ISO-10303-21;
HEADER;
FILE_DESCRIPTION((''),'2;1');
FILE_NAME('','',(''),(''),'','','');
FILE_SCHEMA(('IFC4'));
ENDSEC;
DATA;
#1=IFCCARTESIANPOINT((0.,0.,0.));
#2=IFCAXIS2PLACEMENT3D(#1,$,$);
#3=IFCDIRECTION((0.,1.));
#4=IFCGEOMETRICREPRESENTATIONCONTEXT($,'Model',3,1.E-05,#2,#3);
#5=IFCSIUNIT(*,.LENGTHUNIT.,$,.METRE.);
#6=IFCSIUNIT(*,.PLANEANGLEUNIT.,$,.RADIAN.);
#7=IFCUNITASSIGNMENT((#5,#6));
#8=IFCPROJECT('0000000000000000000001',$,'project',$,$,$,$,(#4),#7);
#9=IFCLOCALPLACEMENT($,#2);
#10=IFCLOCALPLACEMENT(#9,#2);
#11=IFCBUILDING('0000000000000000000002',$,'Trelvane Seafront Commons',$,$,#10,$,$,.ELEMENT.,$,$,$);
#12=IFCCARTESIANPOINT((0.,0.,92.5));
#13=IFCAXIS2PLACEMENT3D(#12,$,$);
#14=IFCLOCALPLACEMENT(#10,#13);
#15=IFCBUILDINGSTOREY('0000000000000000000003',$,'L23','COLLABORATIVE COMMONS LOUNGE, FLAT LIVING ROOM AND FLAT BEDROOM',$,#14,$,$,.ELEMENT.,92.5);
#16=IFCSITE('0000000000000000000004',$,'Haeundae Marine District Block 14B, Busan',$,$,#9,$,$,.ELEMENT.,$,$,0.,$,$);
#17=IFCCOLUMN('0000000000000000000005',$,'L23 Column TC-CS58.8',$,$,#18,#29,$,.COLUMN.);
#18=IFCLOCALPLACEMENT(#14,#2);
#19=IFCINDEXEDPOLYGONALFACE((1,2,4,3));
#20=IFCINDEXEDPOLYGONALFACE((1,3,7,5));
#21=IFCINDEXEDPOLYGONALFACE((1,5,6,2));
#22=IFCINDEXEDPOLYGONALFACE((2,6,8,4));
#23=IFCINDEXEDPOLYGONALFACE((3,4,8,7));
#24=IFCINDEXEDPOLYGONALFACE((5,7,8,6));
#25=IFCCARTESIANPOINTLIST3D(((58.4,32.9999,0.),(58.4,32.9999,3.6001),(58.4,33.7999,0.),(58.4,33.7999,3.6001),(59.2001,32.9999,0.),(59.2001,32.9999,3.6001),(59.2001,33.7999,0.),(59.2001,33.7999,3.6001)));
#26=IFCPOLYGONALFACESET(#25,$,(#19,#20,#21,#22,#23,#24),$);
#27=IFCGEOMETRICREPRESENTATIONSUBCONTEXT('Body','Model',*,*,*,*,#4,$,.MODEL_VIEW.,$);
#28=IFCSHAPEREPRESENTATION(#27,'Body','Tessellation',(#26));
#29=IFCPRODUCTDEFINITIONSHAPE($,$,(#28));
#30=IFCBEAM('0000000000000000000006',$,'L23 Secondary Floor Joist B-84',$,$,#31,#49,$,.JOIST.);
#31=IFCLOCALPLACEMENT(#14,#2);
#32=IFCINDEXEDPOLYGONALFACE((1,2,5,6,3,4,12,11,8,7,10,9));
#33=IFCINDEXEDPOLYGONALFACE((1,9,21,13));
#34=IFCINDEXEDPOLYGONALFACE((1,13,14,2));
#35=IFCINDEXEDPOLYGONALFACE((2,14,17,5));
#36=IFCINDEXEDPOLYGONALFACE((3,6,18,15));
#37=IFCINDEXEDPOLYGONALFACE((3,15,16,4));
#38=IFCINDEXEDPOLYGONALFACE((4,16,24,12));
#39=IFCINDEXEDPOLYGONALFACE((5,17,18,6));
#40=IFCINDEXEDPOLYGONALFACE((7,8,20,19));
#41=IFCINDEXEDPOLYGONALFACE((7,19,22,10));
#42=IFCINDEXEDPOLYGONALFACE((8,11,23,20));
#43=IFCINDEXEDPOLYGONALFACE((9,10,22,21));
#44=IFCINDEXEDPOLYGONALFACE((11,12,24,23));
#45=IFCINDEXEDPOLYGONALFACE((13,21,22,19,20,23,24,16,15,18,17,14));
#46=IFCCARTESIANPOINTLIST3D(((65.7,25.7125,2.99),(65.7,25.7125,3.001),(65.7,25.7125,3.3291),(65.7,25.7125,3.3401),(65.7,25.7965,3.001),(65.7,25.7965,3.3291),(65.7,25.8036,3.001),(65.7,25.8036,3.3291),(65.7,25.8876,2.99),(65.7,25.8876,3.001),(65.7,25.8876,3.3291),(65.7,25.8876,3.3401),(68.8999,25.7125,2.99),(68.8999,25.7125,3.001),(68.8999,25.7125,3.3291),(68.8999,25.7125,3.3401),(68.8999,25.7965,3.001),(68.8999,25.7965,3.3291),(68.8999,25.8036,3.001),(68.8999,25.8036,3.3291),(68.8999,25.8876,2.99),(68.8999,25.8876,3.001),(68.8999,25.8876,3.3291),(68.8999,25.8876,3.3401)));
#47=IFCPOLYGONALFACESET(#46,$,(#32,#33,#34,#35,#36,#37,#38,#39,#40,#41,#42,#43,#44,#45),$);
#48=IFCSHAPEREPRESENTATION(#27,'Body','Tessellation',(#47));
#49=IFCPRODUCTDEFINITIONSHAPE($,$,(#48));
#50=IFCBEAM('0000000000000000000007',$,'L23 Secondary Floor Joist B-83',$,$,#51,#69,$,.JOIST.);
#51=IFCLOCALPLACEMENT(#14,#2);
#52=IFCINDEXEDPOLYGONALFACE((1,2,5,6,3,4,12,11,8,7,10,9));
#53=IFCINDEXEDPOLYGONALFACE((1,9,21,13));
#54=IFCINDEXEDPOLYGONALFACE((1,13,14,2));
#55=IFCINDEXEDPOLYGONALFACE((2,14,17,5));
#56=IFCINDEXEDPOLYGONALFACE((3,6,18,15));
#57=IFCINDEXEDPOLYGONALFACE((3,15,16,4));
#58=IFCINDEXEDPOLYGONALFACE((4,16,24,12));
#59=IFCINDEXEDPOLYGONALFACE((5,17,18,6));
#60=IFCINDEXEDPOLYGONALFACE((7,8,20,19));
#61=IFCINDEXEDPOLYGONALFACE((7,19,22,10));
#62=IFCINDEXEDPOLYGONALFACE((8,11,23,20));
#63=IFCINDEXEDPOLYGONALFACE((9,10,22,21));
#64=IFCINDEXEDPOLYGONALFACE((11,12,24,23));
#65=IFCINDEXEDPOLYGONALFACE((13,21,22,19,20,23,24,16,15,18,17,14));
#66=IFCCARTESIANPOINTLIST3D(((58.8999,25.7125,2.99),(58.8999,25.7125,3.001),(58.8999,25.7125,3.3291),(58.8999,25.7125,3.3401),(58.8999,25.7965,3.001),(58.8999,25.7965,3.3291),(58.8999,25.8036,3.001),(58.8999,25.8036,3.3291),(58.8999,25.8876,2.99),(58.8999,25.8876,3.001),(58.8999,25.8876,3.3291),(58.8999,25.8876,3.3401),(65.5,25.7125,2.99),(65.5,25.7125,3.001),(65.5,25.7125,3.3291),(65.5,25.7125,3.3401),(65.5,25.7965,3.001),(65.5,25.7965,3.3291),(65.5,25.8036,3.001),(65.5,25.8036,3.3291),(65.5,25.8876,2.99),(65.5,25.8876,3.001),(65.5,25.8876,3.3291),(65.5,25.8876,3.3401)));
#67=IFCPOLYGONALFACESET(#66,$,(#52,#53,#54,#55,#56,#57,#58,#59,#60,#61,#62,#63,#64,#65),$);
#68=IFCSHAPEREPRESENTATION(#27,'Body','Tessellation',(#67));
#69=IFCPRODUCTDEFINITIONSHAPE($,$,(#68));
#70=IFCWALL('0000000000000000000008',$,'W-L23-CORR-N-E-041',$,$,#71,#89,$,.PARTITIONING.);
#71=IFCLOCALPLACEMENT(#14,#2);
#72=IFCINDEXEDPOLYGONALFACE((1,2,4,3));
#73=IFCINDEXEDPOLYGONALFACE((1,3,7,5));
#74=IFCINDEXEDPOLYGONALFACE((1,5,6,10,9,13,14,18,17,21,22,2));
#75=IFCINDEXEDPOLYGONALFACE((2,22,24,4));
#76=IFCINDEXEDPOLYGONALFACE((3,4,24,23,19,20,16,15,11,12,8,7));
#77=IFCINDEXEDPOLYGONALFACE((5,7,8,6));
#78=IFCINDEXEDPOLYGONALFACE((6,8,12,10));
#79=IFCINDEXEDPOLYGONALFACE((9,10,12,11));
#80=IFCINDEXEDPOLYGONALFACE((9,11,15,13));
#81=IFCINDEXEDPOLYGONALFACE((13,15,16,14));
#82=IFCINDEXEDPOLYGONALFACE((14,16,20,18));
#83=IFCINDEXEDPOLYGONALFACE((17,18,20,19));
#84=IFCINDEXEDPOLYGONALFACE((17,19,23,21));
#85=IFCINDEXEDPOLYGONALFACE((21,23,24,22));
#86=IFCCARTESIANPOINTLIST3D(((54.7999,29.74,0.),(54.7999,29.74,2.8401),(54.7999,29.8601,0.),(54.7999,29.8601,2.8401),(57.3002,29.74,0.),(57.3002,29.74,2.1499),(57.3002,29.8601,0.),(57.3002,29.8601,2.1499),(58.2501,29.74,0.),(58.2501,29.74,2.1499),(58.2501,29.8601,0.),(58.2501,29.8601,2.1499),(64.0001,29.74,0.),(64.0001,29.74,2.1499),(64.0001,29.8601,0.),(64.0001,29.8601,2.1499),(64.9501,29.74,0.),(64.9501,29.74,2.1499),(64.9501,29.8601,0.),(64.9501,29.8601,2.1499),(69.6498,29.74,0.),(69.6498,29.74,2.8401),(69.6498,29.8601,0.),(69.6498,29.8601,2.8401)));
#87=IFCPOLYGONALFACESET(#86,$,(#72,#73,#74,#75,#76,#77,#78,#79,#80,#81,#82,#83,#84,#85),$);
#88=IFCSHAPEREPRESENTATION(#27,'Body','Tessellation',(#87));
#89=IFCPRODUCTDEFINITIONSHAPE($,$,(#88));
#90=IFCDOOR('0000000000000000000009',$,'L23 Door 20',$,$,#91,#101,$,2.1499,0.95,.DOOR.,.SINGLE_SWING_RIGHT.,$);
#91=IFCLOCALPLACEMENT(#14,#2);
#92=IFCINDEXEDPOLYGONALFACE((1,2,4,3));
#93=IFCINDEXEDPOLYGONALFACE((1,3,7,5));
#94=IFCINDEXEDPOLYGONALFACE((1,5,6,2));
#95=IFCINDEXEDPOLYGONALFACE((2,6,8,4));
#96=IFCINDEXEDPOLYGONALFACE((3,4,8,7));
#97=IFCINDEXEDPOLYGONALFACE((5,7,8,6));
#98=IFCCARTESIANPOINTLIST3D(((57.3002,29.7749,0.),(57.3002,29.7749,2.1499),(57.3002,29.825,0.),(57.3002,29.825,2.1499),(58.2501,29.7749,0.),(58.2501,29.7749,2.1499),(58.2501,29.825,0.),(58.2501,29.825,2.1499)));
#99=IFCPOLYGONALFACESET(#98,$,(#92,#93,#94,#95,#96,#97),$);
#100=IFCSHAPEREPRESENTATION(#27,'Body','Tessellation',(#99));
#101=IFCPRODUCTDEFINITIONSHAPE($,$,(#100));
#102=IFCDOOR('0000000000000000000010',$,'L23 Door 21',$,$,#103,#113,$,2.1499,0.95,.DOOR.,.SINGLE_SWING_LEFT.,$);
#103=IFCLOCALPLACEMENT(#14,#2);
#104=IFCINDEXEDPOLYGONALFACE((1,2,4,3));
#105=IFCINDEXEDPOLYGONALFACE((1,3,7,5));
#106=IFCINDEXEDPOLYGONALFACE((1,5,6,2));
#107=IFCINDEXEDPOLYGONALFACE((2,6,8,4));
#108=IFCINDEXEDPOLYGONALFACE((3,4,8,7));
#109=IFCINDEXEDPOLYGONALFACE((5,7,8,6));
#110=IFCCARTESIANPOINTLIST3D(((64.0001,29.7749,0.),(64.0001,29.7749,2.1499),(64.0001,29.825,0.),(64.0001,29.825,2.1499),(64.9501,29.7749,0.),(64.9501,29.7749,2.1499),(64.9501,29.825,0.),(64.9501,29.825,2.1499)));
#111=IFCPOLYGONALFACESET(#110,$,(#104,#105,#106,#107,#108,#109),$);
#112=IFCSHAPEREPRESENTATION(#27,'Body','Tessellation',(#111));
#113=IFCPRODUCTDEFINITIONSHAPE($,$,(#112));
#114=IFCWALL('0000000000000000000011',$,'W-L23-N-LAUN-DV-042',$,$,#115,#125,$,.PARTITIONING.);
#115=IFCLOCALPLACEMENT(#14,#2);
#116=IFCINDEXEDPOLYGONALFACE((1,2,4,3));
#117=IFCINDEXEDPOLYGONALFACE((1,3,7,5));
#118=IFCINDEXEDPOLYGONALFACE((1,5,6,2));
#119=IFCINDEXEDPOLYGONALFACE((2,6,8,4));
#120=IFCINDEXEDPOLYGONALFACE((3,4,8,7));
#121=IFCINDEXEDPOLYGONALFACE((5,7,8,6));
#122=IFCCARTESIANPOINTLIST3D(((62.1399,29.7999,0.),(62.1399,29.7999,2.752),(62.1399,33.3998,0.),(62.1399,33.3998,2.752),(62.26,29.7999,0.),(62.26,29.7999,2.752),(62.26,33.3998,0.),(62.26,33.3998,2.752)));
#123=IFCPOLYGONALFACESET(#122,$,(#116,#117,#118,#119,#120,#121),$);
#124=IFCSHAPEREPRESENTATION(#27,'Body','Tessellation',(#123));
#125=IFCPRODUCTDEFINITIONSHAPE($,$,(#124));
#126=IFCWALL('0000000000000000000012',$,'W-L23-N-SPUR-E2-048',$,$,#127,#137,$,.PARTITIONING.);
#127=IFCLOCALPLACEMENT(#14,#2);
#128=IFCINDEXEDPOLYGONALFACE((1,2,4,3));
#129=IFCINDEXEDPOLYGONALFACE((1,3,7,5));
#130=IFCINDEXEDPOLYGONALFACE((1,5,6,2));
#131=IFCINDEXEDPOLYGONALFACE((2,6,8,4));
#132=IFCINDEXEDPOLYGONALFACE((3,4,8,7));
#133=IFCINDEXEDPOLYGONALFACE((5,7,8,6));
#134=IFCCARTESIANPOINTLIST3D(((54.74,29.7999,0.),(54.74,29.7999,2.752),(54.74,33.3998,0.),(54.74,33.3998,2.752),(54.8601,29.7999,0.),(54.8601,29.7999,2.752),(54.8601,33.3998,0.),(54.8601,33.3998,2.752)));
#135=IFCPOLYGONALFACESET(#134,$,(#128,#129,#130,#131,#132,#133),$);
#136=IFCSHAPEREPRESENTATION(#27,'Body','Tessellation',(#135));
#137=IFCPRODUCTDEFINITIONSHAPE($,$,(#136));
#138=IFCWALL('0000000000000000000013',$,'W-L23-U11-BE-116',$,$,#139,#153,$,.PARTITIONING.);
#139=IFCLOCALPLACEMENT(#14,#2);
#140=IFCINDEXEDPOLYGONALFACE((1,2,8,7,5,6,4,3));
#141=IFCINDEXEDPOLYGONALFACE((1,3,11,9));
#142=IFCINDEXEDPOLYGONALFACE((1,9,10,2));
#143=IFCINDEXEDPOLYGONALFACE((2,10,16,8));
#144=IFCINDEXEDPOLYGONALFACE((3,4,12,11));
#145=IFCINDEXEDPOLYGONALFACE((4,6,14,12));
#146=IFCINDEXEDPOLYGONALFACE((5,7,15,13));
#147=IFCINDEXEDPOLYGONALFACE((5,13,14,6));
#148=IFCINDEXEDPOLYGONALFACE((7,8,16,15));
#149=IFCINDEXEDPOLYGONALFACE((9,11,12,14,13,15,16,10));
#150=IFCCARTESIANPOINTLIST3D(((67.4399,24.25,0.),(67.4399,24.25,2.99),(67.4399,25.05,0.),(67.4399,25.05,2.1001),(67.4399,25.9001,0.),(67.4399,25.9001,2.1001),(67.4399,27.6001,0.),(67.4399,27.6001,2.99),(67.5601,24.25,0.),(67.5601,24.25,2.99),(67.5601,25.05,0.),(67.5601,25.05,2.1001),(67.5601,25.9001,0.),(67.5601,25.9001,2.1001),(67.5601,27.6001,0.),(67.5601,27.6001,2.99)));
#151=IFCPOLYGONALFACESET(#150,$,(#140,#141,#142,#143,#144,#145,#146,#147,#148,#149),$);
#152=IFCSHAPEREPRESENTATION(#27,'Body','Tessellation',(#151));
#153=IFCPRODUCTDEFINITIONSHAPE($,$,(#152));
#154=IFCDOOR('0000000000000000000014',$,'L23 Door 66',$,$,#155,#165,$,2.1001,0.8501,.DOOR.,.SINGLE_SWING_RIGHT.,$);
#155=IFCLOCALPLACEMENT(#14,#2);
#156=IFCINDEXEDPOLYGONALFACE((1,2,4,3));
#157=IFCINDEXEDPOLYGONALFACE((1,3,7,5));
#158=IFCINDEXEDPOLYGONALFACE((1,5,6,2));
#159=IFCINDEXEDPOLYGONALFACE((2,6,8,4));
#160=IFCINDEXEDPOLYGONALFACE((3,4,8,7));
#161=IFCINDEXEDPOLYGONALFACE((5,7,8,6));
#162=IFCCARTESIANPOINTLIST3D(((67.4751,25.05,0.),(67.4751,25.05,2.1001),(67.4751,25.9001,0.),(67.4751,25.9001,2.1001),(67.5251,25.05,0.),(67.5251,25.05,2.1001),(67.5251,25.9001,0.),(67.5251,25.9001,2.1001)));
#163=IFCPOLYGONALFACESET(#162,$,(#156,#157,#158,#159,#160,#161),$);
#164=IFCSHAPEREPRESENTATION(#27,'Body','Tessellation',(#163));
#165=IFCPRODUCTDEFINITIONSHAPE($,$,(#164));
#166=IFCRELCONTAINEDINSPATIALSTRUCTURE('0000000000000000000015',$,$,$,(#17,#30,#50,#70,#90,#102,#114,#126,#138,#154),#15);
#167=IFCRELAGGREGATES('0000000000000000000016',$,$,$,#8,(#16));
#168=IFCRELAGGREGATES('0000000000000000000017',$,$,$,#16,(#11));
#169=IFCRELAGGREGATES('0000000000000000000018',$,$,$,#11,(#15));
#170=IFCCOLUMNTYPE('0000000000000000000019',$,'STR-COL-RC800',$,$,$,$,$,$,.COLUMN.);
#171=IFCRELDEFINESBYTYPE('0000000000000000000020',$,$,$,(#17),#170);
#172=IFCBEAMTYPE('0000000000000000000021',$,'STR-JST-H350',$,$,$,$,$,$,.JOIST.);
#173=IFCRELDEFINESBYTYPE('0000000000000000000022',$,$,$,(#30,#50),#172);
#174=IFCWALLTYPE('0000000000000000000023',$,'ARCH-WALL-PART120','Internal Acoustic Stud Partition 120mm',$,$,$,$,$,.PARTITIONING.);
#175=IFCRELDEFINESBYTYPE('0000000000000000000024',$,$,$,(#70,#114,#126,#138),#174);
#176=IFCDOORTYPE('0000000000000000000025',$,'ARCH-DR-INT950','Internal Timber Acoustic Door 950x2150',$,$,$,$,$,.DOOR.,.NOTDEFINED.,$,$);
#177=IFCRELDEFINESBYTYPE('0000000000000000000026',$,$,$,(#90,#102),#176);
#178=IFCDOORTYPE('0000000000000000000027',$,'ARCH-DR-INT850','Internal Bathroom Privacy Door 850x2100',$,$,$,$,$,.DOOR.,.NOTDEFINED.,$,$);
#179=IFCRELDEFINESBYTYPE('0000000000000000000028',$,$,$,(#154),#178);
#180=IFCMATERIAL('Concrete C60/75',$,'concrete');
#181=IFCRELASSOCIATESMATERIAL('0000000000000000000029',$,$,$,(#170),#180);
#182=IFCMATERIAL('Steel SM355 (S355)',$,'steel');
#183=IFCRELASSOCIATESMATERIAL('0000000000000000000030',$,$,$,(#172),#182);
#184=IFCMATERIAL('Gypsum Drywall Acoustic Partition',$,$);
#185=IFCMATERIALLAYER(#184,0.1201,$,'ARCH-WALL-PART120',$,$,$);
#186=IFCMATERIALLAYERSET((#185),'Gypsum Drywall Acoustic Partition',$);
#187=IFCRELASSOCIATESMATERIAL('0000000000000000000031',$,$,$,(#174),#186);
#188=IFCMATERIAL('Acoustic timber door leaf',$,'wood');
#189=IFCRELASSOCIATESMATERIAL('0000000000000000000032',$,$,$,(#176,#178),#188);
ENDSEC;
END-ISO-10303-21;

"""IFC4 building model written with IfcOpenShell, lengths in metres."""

from ifc_helpers import new_model, si_unit, direction, frame, frame_2d, origin, origin_2d, place, context, subcontext, project, spatial, rectangle, i_section, extrude, source, transform, mapped, material, layer, layer_set, material_profile, profile_set, type_object, element, fill, save


model = new_model("IFC4")

# Units and contexts
model_context = context("Model", 3, precision=1e-05, world=origin(), true_north=direction((0.0, 1.0)))
body_context = subcontext(model_context, "Body", "Model", "MODEL_VIEW")
ifc_project = project(units=[si_unit("LENGTHUNIT", "METRE"), si_unit("PLANEANGLEUNIT", "RADIAN")], contexts=[model_context])

# Site, building, storey
site_placement = place(None, origin())
site = spatial("IfcSite", under=ifc_project, at=site_placement, Name="Haeundae Marine District Block 14B, Busan", CompositionType="ELEMENT", RefElevation=0.0)
building_placement = place(site_placement, origin())
building = spatial("IfcBuilding", under=site, at=building_placement, Name="Trelvane Seafront Commons", CompositionType="ELEMENT")
storey_placement = place(building_placement, frame((0.0, 0.0, 92.5)))
storey = spatial("IfcBuildingStorey", under=building, at=storey_placement, Name="L23", Description="COLLABORATIVE COMMONS LOUNGE, FLAT LIVING ROOM AND FLAT BEDROOM", CompositionType="ELEMENT", Elevation=92.5)

# Column
ifc_material_1 = material(Name="Concrete C60/75", Category="concrete")
ifc_material_profile_1 = material_profile(ifc_material_1, rectangle(XDim=0.8, YDim=0.8, at=origin_2d()), Name="RC-800x800")
ifc_profile_set_1 = profile_set([ifc_material_profile_1], Name="Concrete C60/75")
column_type = type_object("IfcColumnType", Name="STR-COL-RC800", PredefinedType="COLUMN", material=ifc_profile_set_1)
shared_shape_1 = source(origin(), body_context, "Body", "SweptSolid", [
    extrude(rectangle(XDim=0.8, YDim=0.8, at=origin_2d()), origin(), (0.0, 0.0, 1.0), 3.6001),
])
column_placement = place(storey_placement, frame((58.8, 33.3999, 0.0), z_axis=(0.0, 0.0, 1.0), x_axis=(1.0, 0.0, 0.0)))
element("IfcColumn", 1, at=column_placement, inside=storey, type_object=column_type, Name="L23 Column TC-CS58.8", PredefinedType="COLUMN", context=body_context, shape_type="MappedRepresentation", body=[
    mapped(shared_shape_1, transform((0.0, 0.0, 0.0), x_axis=(1.0, 0.0, 0.0), y_axis=(0.0, 1.0, 0.0), z_axis=(0.0, 0.0, 1.0), scale=1.0)),
])

# Beams
ifc_material_2 = material(Name="Steel SM355 (S355)", Category="steel")
ifc_material_profile_2 = material_profile(ifc_material_2, i_section(OverallWidth=0.175, OverallDepth=0.3501, WebThickness=0.0071, FlangeThickness=0.011, at=origin_2d()), Name="H-350x175x7x11")
ifc_profile_set_2 = profile_set([ifc_material_profile_2], Name="Steel SM355 (S355)")
beam_type = type_object("IfcBeamType", Name="STR-JST-H350", PredefinedType="JOIST", material=ifc_profile_set_2)
shared_shape_2 = source(origin(), body_context, "Body", "SweptSolid", [
    extrude(i_section(OverallWidth=0.175, OverallDepth=0.3501, WebThickness=0.0071, FlangeThickness=0.011, at=origin_2d()), origin(), (0.0, 0.0, 1.0), 3.2),
])
beam_1_placement = place(storey_placement, frame((65.7, 25.8, 3.165), z_axis=(1.0, 0.0, 0.0), x_axis=(0.0, 1.0, 0.0)))
element("IfcBeam", 2, at=beam_1_placement, inside=storey, type_object=beam_type, Name="L23 Secondary Floor Joist B-84", PredefinedType="JOIST", context=body_context, shape_type="MappedRepresentation", body=[
    mapped(shared_shape_2, transform((0.0, 0.0, 0.0), x_axis=(1.0, 0.0, 0.0), y_axis=(0.0, 1.0, 0.0), z_axis=(0.0, 0.0, 1.0), scale=1.0)),
])
shared_shape_3 = source(origin(), body_context, "Body", "SweptSolid", [
    extrude(i_section(OverallWidth=0.175, OverallDepth=0.3501, WebThickness=0.0071, FlangeThickness=0.011, at=origin_2d()), origin(), (0.0, 0.0, 1.0), 6.6001),
])
beam_2_placement = place(storey_placement, frame((58.8999, 25.8, 3.165), z_axis=(1.0, 0.0, 0.0), x_axis=(0.0, 1.0, 0.0)))
element("IfcBeam", 3, at=beam_2_placement, inside=storey, type_object=beam_type, Name="L23 Secondary Floor Joist B-83", PredefinedType="JOIST", context=body_context, shape_type="MappedRepresentation", body=[
    mapped(shared_shape_3, transform((0.0, 0.0, 0.0), x_axis=(1.0, 0.0, 0.0), y_axis=(0.0, 1.0, 0.0), z_axis=(0.0, 0.0, 1.0), scale=1.0)),
])

# Wall, openings, doors
ifc_material_3 = material(Name="Gypsum Drywall Acoustic Partition")
ifc_layer_1 = layer(ifc_material_3, 0.1201, Name="ARCH-WALL-PART120")
ifc_layer_set_1 = layer_set([ifc_layer_1], Name="Gypsum Drywall Acoustic Partition")
wall_type_1 = type_object("IfcWallType", Name="ARCH-WALL-PART120", Description="Internal Acoustic Stud Partition 120mm", PredefinedType="PARTITIONING", material=ifc_layer_set_1)
wall_1_placement = place(storey_placement, frame((54.8, 29.8, 0.0), z_axis=(0.0, 0.0, 1.0), x_axis=(1.0, 0.0, 0.0)))
wall_1 = element("IfcWall", 4, at=wall_1_placement, inside=storey, type_object=wall_type_1, Name="W-L23-CORR-N-E-041", PredefinedType="PARTITIONING", context=body_context, shape_type="SweptSolid", body=[
    extrude(rectangle(XDim=14.8499, YDim=0.1201, at=frame_2d((7.4248, 0.0))), origin(), (0.0, 0.0, 1.0), 2.8401),
])
opening_1_placement = place(wall_1_placement, frame((2.5, 0.0, 0.0)))
opening_1 = element("IfcOpeningElement", 5, at=opening_1_placement, cuts=wall_1, PredefinedType="OPENING", context=body_context, shape_type="SweptSolid", body=[
    extrude(rectangle(XDim=0.95, YDim=2.1499, at=frame_2d((0.4751, 1.075))), frame((0.0, 0.0701, 0.0), z_axis=(0.0, -1.0, 0.0), x_axis=(1.0, 0.0, 0.0)), (0.0, 0.0, 1.0), 0.1401),
])
opening_2_placement = place(wall_1_placement, frame((9.2, 0.0, 0.0)))
opening_2 = element("IfcOpeningElement", 6, at=opening_2_placement, cuts=wall_1, PredefinedType="OPENING", context=body_context, shape_type="SweptSolid", body=[
    extrude(rectangle(XDim=0.95, YDim=2.1499, at=frame_2d((0.4751, 1.075))), frame((0.0, 0.0701, 0.0), z_axis=(0.0, -1.0, 0.0), x_axis=(1.0, 0.0, 0.0)), (0.0, 0.0, 1.0), 0.1401),
])
ifc_material_4 = material(Name="Acoustic timber door leaf", Category="wood")
door_type_1 = type_object("IfcDoorType", Name="ARCH-DR-INT950", Description="Internal Timber Acoustic Door 950x2150", OperationType="NOTDEFINED", PredefinedType="DOOR", material=ifc_material_4)
shared_shape_4 = source(origin(), body_context, "Body", "SweptSolid", [
    extrude(rectangle(XDim=0.95, YDim=2.1499, at=frame_2d((0.4751, 1.075))), frame((0.0, 0.0249, 0.0), z_axis=(0.0, -1.0, 0.0), x_axis=(1.0, 0.0, 0.0)), (0.0, 0.0, 1.0), 0.05),
])
door_1_placement = place(opening_1_placement, origin())
door_1 = element("IfcDoor", 7, at=door_1_placement, inside=storey, type_object=door_type_1, Name="L23 Door 20", OperationType="SINGLE_SWING_RIGHT", OverallHeight=2.1499, OverallWidth=0.95, PredefinedType="DOOR", context=body_context, shape_type="MappedRepresentation", body=[
    mapped(shared_shape_4, transform((0.0, 0.0, 0.0), x_axis=(1.0, 0.0, 0.0), y_axis=(0.0, 1.0, 0.0), z_axis=(0.0, 0.0, 1.0), scale=1.0)),
])
fill(opening_1, door_1)
door_2_placement = place(opening_2_placement, origin())
door_2 = element("IfcDoor", 8, at=door_2_placement, inside=storey, type_object=door_type_1, Name="L23 Door 21", OperationType="SINGLE_SWING_LEFT", OverallHeight=2.1499, OverallWidth=0.95, PredefinedType="DOOR", context=body_context, shape_type="MappedRepresentation", body=[
    mapped(shared_shape_4, transform((0.0, 0.0, 0.0), x_axis=(1.0, 0.0, 0.0), y_axis=(0.0, 1.0, 0.0), z_axis=(0.0, 0.0, 1.0), scale=1.0)),
])
fill(opening_2, door_2)

# Walls
for number, where, z_axis, x_axis, name in (
    (9, (62.2, 29.8, 0.0), (0.0, 0.0, 1.0), (0.0, 1.0, 0.0), "W-L23-N-LAUN-DV-042"),
    (10, (54.8, 29.8, 0.0), (0.0, 0.0, 1.0), (0.0, 1.0, 0.0), "W-L23-N-SPUR-E2-048"),
):
    element("IfcWall", number, at=place(storey_placement, frame(where, z_axis=z_axis, x_axis=x_axis)), inside=storey, type_object=wall_type_1, Name=name, PredefinedType="PARTITIONING", context=body_context, shape_type="SweptSolid", body=[
        extrude(rectangle(XDim=3.5999, YDim=0.1201, at=frame_2d((1.7998, 0.0))), origin(), (0.0, 0.0, 1.0), 2.752),
    ])

# Wall, opening, door
wall_2_placement = place(storey_placement, frame((67.5, 24.25, 0.0), z_axis=(0.0, 0.0, 1.0), x_axis=(0.0, 1.0, 0.0)))
wall_2 = element("IfcWall", 11, at=wall_2_placement, inside=storey, type_object=wall_type_1, Name="W-L23-U11-BE-116", PredefinedType="PARTITIONING", context=body_context, shape_type="SweptSolid", body=[
    extrude(rectangle(XDim=3.3501, YDim=0.1201, at=frame_2d((1.675, 0.0))), origin(), (0.0, 0.0, 1.0), 2.99),
])
opening_3_placement = place(wall_2_placement, frame((0.8, 0.0, 0.0)))
opening_3 = element("IfcOpeningElement", 12, at=opening_3_placement, cuts=wall_2, PredefinedType="OPENING", context=body_context, shape_type="SweptSolid", body=[
    extrude(rectangle(XDim=0.8501, YDim=2.1001, at=frame_2d((0.425, 1.05))), frame((0.0, 0.0701, 0.0), z_axis=(0.0, -1.0, 0.0), x_axis=(1.0, 0.0, 0.0)), (0.0, 0.0, 1.0), 0.1401),
])
door_type_2 = type_object("IfcDoorType", Name="ARCH-DR-INT850", Description="Internal Bathroom Privacy Door 850x2100", OperationType="NOTDEFINED", PredefinedType="DOOR", material=ifc_material_4)
shared_shape_5 = source(origin(), body_context, "Body", "SweptSolid", [
    extrude(rectangle(XDim=0.8501, YDim=2.1001, at=frame_2d((0.425, 1.05))), frame((0.0, 0.0249, 0.0), z_axis=(0.0, -1.0, 0.0), x_axis=(1.0, 0.0, 0.0)), (0.0, 0.0, 1.0), 0.05),
])
door_3_placement = place(opening_3_placement, origin())
door_3 = element("IfcDoor", 13, at=door_3_placement, inside=storey, type_object=door_type_2, Name="L23 Door 66", OperationType="SINGLE_SWING_RIGHT", OverallHeight=2.1001, OverallWidth=0.8501, PredefinedType="DOOR", context=body_context, shape_type="MappedRepresentation", body=[
    mapped(shared_shape_5, transform((0.0, 0.0, 0.0), x_axis=(1.0, 0.0, 0.0), y_axis=(0.0, 1.0, 0.0), z_axis=(0.0, 0.0, 1.0), scale=1.0)),
])
fill(opening_3, door_3)

save(model, "model.ifc")
